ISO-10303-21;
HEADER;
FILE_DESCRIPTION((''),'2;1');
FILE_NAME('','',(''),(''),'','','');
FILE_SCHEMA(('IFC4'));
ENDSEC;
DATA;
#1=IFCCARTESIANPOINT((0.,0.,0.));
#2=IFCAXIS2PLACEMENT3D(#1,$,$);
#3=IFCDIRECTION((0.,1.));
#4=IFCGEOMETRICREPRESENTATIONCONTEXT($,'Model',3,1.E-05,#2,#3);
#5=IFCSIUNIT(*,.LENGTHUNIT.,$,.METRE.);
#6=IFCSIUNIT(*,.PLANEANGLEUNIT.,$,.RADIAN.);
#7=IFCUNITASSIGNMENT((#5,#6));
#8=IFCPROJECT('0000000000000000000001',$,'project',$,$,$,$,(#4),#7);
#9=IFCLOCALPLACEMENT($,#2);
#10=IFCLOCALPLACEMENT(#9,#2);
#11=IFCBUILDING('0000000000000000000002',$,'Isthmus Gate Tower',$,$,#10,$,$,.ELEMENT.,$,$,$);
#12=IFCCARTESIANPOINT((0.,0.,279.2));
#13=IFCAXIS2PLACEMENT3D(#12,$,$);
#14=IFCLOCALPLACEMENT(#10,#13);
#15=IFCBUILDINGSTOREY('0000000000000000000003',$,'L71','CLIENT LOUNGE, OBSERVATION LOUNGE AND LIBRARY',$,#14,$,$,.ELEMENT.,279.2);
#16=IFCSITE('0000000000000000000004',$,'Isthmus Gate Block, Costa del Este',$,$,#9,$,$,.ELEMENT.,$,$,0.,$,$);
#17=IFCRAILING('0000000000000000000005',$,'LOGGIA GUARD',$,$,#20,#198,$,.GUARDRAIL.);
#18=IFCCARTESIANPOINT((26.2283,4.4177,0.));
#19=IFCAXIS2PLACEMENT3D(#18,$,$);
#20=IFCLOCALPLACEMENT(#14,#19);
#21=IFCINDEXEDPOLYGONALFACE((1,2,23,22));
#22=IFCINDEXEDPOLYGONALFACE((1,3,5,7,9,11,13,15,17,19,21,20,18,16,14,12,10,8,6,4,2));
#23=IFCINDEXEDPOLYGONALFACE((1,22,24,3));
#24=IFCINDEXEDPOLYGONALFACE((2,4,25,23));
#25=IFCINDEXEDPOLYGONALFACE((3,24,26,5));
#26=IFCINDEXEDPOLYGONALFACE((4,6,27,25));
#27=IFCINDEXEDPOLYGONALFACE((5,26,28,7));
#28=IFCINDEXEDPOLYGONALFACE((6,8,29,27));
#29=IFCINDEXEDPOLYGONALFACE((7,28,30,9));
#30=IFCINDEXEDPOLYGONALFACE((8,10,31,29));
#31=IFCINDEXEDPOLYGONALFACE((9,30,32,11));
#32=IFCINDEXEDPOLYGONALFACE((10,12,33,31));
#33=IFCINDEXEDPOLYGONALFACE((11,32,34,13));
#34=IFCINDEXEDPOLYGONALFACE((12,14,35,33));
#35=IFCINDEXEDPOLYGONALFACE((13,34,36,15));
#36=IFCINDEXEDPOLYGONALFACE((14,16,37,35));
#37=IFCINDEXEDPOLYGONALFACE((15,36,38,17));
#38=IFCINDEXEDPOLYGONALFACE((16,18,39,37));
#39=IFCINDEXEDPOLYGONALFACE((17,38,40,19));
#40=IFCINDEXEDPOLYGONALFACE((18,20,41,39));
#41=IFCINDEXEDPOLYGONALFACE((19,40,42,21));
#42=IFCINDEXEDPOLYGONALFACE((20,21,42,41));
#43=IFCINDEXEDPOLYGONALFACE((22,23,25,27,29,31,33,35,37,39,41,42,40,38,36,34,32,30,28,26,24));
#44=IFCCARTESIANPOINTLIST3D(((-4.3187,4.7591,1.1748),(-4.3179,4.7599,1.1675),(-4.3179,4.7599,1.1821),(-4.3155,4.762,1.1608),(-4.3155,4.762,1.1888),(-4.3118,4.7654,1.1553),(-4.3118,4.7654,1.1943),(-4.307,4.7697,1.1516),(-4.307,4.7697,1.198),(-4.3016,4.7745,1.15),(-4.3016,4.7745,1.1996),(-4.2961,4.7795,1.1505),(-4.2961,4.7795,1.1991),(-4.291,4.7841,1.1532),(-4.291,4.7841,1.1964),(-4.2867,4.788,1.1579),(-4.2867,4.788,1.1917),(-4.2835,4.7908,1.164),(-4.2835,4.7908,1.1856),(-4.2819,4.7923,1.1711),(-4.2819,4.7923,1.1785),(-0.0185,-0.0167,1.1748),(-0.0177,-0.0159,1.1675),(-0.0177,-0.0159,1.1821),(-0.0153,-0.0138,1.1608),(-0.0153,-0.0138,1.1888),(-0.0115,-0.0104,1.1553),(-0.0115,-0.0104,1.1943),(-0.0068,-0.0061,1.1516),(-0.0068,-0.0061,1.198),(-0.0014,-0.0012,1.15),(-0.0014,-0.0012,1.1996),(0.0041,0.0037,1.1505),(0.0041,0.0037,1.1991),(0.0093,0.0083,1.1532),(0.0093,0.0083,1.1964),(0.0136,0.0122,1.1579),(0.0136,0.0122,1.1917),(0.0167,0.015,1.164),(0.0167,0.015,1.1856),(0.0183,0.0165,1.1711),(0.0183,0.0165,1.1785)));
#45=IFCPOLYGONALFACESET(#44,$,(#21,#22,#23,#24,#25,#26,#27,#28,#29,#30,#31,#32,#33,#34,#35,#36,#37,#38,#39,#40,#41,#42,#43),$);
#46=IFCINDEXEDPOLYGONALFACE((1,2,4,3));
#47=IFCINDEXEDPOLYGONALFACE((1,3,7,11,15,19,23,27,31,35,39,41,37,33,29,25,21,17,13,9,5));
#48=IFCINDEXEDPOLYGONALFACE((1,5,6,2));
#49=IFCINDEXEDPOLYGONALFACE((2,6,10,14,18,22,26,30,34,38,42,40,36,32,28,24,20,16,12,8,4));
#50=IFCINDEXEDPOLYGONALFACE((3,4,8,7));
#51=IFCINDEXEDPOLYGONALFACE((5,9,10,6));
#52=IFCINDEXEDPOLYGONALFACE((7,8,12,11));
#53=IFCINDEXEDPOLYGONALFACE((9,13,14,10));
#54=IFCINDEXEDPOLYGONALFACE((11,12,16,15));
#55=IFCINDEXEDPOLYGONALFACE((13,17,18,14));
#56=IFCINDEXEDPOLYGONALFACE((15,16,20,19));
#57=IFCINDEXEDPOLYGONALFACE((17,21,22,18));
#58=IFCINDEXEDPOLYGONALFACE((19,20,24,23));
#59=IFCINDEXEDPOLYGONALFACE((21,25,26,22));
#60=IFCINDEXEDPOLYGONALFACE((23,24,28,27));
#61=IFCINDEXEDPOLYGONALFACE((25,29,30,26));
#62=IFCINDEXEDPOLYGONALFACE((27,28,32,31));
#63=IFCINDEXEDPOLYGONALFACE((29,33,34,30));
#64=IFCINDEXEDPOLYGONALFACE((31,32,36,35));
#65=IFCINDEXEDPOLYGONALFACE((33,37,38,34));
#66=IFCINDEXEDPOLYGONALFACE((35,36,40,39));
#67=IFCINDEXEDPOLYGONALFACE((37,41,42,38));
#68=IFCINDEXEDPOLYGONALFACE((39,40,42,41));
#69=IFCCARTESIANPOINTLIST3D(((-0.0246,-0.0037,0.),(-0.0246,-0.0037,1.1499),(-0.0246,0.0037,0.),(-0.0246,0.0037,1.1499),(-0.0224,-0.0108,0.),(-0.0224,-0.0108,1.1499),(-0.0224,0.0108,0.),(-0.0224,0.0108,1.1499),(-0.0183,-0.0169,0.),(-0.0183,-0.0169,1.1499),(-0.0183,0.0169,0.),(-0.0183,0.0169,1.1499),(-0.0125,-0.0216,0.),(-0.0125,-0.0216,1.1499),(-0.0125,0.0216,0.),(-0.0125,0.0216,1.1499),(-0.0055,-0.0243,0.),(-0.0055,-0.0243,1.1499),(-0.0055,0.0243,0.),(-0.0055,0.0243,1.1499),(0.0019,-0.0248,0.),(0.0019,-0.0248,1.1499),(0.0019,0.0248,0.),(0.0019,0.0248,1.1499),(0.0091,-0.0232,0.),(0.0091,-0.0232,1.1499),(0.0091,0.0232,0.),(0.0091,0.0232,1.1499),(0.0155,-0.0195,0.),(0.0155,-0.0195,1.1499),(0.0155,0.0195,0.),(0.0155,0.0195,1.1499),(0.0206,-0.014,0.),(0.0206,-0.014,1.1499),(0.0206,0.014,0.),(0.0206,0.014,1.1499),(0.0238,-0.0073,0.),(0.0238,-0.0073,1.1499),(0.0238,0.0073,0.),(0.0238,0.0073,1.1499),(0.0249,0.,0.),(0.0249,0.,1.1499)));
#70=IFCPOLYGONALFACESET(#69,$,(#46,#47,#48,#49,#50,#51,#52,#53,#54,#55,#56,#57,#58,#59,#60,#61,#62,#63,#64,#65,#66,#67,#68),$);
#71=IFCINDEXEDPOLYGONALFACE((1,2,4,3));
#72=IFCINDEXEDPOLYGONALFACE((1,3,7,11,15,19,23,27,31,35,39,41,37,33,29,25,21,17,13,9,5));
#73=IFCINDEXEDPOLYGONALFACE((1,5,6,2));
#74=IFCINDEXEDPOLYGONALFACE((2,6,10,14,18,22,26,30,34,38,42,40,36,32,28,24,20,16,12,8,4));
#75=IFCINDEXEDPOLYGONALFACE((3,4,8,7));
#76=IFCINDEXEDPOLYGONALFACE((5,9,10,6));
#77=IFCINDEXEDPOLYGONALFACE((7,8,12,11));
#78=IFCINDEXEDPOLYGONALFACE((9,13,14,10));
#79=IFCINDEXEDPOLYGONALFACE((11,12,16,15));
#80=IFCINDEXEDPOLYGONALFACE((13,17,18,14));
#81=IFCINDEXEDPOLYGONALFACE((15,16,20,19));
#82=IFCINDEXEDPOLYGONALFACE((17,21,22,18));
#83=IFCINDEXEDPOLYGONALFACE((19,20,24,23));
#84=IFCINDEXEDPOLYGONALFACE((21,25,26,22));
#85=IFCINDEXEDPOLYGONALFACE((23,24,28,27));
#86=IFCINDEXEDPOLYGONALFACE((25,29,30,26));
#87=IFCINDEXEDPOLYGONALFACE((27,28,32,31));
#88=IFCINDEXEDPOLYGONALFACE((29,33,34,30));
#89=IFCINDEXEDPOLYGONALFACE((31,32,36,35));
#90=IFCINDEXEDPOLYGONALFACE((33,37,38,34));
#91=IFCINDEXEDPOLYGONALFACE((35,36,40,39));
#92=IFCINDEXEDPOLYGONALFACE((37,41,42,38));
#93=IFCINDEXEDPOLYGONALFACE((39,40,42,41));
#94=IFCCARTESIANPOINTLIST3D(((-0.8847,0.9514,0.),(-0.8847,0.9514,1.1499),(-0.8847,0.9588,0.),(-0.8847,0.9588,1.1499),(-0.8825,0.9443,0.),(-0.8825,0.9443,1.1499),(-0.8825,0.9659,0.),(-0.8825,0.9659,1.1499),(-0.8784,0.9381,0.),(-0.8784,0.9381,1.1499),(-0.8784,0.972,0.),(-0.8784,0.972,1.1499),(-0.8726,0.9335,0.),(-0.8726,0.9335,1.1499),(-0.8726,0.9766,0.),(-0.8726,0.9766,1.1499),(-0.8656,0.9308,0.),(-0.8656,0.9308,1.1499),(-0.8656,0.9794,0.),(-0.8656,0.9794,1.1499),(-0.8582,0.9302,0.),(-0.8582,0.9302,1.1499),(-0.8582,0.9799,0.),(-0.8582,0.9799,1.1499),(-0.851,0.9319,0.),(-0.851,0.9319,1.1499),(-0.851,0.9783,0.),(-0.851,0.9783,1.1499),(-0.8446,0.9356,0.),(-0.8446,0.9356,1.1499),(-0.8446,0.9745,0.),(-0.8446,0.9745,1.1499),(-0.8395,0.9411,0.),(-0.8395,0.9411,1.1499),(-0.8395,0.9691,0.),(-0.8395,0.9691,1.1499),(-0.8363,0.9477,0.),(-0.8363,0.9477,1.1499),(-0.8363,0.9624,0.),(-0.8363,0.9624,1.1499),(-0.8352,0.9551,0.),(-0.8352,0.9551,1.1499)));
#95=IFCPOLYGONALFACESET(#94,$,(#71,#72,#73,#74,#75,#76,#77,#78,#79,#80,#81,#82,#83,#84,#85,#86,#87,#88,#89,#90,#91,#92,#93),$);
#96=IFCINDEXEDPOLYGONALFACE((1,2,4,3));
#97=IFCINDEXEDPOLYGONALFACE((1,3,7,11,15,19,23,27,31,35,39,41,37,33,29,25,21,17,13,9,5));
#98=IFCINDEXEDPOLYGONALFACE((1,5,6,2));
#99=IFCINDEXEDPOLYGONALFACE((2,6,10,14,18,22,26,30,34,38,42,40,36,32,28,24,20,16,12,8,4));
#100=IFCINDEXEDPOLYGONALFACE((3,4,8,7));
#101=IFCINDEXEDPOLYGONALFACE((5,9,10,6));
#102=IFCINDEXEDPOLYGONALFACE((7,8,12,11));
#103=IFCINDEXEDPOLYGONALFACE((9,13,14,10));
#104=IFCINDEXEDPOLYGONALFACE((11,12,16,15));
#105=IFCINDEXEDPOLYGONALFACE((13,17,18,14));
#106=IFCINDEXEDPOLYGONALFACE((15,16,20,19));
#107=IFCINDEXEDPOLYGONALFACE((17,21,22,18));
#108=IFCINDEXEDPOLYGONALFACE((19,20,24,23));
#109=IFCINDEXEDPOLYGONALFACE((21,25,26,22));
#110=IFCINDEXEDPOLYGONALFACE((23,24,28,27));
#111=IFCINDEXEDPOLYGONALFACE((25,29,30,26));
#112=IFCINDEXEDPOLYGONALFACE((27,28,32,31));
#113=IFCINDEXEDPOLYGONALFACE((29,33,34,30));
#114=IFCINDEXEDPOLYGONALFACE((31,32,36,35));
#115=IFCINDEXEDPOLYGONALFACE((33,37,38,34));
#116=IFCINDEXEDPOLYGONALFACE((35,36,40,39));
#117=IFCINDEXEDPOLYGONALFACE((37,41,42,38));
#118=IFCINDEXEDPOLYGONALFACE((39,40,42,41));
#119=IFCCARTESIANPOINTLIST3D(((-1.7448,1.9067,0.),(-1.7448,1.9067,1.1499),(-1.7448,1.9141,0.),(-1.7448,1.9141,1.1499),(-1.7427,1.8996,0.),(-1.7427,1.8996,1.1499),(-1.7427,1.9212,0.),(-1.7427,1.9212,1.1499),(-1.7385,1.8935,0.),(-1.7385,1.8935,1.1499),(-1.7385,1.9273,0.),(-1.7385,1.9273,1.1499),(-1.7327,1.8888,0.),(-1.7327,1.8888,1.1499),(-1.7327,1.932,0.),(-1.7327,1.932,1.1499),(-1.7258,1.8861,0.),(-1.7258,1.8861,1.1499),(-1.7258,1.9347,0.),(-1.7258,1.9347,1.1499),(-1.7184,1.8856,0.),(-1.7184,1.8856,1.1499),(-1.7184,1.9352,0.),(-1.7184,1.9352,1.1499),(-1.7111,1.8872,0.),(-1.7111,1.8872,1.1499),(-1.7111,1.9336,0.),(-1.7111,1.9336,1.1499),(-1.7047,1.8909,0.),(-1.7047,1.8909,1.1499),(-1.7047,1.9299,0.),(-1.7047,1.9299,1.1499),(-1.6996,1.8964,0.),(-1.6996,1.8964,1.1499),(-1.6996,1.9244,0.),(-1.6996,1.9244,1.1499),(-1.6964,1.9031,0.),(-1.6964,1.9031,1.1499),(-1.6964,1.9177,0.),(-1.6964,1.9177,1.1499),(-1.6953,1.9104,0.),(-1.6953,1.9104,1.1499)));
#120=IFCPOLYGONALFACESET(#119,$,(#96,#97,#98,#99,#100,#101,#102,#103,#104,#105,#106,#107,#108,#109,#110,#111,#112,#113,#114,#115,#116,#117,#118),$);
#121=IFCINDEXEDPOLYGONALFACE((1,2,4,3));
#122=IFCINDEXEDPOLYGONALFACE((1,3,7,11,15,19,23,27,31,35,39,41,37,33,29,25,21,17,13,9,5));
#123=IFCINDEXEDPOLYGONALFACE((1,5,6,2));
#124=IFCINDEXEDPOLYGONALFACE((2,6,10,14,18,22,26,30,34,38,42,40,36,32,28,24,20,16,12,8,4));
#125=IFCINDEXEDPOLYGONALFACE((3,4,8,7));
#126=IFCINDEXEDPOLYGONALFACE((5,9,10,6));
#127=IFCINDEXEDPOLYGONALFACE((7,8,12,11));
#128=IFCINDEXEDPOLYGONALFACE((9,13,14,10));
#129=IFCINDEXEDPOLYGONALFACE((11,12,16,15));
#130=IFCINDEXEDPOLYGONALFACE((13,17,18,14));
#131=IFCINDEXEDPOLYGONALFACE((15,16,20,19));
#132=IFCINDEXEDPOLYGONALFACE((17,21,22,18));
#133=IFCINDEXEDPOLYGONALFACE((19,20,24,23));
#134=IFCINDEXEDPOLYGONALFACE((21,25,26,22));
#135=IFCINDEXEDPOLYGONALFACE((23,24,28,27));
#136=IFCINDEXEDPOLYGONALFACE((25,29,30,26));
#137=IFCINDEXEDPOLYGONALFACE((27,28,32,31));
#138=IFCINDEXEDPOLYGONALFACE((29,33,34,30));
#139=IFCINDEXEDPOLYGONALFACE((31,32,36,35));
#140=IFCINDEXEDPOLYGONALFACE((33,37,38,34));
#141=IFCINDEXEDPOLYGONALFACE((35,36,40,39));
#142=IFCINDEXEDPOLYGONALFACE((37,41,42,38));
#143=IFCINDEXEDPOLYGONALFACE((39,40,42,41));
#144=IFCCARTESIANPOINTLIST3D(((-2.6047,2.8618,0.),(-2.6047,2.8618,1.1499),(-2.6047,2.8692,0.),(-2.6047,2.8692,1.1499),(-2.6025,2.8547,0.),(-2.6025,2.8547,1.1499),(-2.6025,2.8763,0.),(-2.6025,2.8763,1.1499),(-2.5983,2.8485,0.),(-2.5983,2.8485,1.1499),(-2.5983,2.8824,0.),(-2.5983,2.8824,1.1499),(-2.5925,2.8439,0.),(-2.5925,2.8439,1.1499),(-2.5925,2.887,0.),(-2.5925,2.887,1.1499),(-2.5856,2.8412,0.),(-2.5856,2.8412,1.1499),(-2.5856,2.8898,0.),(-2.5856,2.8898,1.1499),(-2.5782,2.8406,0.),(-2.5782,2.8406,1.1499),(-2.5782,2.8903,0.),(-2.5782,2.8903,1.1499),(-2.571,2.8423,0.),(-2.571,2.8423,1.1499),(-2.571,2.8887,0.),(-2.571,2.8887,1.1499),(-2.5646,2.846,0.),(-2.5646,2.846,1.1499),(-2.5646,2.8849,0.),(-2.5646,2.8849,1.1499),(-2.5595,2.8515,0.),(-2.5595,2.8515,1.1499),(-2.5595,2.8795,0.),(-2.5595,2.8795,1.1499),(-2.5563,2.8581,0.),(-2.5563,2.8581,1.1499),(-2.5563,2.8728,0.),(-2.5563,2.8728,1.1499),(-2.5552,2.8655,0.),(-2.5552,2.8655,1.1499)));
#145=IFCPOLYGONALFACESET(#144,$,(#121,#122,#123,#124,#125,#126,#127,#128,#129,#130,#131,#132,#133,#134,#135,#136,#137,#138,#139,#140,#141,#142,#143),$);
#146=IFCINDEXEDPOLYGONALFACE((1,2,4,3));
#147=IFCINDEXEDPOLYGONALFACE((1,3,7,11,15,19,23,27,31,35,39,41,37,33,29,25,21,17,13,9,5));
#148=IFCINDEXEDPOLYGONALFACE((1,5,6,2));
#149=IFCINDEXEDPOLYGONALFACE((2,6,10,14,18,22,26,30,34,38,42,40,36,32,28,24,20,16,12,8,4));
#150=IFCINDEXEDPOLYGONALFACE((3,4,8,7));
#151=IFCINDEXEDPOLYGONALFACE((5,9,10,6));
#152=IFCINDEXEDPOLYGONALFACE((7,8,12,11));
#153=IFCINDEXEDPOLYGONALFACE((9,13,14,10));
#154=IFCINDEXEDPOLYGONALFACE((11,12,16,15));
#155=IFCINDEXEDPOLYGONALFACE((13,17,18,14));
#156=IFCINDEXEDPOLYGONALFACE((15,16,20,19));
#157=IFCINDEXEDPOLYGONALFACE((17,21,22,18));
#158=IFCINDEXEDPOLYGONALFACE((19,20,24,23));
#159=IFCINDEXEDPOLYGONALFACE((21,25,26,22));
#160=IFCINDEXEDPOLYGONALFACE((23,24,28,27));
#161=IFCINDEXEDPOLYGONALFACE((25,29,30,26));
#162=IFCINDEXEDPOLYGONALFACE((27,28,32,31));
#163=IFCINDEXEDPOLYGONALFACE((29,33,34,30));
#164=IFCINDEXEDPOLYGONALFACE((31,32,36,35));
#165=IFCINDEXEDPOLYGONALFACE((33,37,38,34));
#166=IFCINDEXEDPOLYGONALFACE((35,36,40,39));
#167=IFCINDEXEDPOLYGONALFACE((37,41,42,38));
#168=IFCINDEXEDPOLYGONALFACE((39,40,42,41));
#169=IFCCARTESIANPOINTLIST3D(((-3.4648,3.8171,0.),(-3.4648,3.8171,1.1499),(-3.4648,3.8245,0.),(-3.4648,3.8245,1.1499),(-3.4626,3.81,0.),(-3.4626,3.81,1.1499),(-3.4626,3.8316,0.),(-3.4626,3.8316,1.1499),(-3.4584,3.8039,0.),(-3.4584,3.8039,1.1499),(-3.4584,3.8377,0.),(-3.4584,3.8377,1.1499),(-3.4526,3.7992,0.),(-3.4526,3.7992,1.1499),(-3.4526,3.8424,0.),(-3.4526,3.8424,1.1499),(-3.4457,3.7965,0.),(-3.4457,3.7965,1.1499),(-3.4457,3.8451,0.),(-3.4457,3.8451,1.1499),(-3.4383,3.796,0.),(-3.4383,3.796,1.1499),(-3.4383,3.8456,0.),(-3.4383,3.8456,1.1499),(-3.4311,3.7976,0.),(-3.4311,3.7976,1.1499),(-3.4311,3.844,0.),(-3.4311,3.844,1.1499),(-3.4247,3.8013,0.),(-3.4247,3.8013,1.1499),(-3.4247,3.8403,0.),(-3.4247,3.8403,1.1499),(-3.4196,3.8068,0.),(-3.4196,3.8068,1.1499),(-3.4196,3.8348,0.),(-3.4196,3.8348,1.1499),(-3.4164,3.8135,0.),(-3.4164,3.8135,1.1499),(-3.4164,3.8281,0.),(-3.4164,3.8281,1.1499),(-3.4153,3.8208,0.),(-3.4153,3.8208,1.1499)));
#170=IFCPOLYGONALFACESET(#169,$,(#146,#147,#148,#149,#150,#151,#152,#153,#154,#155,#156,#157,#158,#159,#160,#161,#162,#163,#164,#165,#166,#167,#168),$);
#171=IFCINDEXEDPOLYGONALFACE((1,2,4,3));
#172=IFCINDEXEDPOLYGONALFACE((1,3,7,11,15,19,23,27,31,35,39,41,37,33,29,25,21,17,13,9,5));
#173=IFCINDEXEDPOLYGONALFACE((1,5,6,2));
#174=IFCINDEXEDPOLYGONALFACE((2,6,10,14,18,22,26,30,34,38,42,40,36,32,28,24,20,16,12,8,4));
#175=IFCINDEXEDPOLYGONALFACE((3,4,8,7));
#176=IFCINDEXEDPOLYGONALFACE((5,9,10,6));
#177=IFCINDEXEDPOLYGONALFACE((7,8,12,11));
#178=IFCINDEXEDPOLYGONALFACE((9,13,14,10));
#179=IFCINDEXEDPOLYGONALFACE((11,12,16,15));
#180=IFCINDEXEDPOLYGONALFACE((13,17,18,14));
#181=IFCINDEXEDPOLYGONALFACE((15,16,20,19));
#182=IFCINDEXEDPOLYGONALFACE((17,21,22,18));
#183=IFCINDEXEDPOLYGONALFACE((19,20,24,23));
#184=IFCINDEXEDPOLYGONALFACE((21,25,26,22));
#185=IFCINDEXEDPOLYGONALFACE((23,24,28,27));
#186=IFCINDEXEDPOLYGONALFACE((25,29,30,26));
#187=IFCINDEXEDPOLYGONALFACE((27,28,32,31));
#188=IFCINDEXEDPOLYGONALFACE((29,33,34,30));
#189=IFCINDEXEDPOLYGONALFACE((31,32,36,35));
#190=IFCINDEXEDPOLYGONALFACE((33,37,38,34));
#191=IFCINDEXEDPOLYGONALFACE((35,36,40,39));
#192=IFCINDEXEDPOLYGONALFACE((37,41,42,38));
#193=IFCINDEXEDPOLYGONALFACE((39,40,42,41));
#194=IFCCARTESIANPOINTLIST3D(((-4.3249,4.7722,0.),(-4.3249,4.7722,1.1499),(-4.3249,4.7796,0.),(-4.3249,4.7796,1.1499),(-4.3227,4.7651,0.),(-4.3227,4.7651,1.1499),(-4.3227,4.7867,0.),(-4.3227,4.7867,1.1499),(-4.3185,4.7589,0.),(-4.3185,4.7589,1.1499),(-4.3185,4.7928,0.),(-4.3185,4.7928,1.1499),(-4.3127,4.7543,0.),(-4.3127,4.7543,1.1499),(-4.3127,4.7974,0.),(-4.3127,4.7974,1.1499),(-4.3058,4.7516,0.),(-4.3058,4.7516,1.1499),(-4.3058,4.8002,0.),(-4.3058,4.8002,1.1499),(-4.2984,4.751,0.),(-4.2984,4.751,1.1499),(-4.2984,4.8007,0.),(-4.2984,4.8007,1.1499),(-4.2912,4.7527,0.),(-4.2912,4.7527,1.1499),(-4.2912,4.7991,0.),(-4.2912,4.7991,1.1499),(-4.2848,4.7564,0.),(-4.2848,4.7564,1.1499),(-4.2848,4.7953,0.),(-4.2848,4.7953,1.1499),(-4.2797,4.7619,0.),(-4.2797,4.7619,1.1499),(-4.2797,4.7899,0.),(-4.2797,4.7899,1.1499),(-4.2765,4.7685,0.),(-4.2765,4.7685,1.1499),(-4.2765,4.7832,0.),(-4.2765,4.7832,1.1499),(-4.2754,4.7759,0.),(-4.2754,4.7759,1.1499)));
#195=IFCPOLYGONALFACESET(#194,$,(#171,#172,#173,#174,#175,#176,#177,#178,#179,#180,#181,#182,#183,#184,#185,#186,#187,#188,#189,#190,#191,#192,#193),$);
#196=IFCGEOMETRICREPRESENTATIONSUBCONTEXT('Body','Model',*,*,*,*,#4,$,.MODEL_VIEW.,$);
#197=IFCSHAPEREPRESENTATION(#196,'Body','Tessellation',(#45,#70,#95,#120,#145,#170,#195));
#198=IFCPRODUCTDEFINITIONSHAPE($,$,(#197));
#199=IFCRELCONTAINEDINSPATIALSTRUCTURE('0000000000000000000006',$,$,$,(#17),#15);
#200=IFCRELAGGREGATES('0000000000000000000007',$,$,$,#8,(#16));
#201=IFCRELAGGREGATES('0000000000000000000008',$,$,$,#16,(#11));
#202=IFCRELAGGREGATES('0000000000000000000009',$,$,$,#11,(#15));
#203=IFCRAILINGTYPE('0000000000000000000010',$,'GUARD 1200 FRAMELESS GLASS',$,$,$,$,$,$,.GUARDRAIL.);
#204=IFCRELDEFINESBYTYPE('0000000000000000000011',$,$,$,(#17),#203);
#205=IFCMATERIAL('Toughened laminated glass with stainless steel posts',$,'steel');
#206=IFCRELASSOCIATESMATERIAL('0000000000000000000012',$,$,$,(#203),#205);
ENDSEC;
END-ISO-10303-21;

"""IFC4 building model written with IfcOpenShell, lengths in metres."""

from ifc_helpers import new_model, si_unit, direction, frame, origin, origin_2d, place, context, subcontext, project, spatial, circle, extrude, material, type_object, element, save


model = new_model("IFC4")

# Units and contexts
model_context = context("Model", 3, precision=1e-05, world=origin(), true_north=direction((0.0, 1.0)))
body_context = subcontext(model_context, "Body", "Model", "MODEL_VIEW")
ifc_project = project(units=[si_unit("LENGTHUNIT", "METRE"), si_unit("PLANEANGLEUNIT", "RADIAN")], contexts=[model_context])

# Site, building, storey
site_placement = place(None, origin())
site = spatial("IfcSite", under=ifc_project, at=site_placement, Name="Isthmus Gate Block, Costa del Este", CompositionType="ELEMENT", RefElevation=0.0)
building_placement = place(site_placement, origin())
building = spatial("IfcBuilding", under=site, at=building_placement, Name="Isthmus Gate Tower", CompositionType="ELEMENT")
storey_placement = place(building_placement, frame((0.0, 0.0, 279.2)))
storey = spatial("IfcBuildingStorey", under=building, at=storey_placement, Name="L71", Description="CLIENT LOUNGE, OBSERVATION LOUNGE AND LIBRARY", CompositionType="ELEMENT", Elevation=279.2)

# Railing
ifc_material_1 = material(Name="Toughened laminated glass with stainless steel posts", Category="steel")
railing_type_1 = type_object("IfcRailingType", Name="GUARD 1200 FRAMELESS GLASS", PredefinedType="GUARDRAIL", material=ifc_material_1)
railing_1_placement = place(storey_placement, frame((26.2283, 4.4177, 0.0)))
element("IfcRailing", 1, at=railing_1_placement, inside=storey, type_object=railing_type_1, Name="LOGGIA GUARD", PredefinedType="GUARDRAIL", context=body_context, shape_type="SweptSolid", body=[
    extrude(circle(Radius=0.0249, at=origin_2d()), frame((0.0, 0.0, 1.1748), z_axis=(-0.669137, 0.743139, 0.0), x_axis=(-0.743139, -0.669137, 0.0)), (0.0, 0.0, 1.0), 6.4265),
    extrude(circle(Radius=0.0249, at=origin_2d()), origin(), (0.0, 0.0, 1.0), 1.1499),
    extrude(circle(Radius=0.0249, at=origin_2d()), frame((-0.8601, 0.9551, 0.0)), (0.0, 0.0, 1.0), 1.1499),
    extrude(circle(Radius=0.0249, at=origin_2d()), frame((-1.7202, 1.9104, 0.0)), (0.0, 0.0, 1.0), 1.1499),
    extrude(circle(Radius=0.0249, at=origin_2d()), frame((-2.5801, 2.8655, 0.0)), (0.0, 0.0, 1.0), 1.1499),
    extrude(circle(Radius=0.0249, at=origin_2d()), frame((-3.4402, 3.8208, 0.0)), (0.0, 0.0, 1.0), 1.1499),
    extrude(circle(Radius=0.0249, at=origin_2d()), frame((-4.3003, 4.7759, 0.0)), (0.0, 0.0, 1.0), 1.1499),
])

save(model, "model.ifc")
